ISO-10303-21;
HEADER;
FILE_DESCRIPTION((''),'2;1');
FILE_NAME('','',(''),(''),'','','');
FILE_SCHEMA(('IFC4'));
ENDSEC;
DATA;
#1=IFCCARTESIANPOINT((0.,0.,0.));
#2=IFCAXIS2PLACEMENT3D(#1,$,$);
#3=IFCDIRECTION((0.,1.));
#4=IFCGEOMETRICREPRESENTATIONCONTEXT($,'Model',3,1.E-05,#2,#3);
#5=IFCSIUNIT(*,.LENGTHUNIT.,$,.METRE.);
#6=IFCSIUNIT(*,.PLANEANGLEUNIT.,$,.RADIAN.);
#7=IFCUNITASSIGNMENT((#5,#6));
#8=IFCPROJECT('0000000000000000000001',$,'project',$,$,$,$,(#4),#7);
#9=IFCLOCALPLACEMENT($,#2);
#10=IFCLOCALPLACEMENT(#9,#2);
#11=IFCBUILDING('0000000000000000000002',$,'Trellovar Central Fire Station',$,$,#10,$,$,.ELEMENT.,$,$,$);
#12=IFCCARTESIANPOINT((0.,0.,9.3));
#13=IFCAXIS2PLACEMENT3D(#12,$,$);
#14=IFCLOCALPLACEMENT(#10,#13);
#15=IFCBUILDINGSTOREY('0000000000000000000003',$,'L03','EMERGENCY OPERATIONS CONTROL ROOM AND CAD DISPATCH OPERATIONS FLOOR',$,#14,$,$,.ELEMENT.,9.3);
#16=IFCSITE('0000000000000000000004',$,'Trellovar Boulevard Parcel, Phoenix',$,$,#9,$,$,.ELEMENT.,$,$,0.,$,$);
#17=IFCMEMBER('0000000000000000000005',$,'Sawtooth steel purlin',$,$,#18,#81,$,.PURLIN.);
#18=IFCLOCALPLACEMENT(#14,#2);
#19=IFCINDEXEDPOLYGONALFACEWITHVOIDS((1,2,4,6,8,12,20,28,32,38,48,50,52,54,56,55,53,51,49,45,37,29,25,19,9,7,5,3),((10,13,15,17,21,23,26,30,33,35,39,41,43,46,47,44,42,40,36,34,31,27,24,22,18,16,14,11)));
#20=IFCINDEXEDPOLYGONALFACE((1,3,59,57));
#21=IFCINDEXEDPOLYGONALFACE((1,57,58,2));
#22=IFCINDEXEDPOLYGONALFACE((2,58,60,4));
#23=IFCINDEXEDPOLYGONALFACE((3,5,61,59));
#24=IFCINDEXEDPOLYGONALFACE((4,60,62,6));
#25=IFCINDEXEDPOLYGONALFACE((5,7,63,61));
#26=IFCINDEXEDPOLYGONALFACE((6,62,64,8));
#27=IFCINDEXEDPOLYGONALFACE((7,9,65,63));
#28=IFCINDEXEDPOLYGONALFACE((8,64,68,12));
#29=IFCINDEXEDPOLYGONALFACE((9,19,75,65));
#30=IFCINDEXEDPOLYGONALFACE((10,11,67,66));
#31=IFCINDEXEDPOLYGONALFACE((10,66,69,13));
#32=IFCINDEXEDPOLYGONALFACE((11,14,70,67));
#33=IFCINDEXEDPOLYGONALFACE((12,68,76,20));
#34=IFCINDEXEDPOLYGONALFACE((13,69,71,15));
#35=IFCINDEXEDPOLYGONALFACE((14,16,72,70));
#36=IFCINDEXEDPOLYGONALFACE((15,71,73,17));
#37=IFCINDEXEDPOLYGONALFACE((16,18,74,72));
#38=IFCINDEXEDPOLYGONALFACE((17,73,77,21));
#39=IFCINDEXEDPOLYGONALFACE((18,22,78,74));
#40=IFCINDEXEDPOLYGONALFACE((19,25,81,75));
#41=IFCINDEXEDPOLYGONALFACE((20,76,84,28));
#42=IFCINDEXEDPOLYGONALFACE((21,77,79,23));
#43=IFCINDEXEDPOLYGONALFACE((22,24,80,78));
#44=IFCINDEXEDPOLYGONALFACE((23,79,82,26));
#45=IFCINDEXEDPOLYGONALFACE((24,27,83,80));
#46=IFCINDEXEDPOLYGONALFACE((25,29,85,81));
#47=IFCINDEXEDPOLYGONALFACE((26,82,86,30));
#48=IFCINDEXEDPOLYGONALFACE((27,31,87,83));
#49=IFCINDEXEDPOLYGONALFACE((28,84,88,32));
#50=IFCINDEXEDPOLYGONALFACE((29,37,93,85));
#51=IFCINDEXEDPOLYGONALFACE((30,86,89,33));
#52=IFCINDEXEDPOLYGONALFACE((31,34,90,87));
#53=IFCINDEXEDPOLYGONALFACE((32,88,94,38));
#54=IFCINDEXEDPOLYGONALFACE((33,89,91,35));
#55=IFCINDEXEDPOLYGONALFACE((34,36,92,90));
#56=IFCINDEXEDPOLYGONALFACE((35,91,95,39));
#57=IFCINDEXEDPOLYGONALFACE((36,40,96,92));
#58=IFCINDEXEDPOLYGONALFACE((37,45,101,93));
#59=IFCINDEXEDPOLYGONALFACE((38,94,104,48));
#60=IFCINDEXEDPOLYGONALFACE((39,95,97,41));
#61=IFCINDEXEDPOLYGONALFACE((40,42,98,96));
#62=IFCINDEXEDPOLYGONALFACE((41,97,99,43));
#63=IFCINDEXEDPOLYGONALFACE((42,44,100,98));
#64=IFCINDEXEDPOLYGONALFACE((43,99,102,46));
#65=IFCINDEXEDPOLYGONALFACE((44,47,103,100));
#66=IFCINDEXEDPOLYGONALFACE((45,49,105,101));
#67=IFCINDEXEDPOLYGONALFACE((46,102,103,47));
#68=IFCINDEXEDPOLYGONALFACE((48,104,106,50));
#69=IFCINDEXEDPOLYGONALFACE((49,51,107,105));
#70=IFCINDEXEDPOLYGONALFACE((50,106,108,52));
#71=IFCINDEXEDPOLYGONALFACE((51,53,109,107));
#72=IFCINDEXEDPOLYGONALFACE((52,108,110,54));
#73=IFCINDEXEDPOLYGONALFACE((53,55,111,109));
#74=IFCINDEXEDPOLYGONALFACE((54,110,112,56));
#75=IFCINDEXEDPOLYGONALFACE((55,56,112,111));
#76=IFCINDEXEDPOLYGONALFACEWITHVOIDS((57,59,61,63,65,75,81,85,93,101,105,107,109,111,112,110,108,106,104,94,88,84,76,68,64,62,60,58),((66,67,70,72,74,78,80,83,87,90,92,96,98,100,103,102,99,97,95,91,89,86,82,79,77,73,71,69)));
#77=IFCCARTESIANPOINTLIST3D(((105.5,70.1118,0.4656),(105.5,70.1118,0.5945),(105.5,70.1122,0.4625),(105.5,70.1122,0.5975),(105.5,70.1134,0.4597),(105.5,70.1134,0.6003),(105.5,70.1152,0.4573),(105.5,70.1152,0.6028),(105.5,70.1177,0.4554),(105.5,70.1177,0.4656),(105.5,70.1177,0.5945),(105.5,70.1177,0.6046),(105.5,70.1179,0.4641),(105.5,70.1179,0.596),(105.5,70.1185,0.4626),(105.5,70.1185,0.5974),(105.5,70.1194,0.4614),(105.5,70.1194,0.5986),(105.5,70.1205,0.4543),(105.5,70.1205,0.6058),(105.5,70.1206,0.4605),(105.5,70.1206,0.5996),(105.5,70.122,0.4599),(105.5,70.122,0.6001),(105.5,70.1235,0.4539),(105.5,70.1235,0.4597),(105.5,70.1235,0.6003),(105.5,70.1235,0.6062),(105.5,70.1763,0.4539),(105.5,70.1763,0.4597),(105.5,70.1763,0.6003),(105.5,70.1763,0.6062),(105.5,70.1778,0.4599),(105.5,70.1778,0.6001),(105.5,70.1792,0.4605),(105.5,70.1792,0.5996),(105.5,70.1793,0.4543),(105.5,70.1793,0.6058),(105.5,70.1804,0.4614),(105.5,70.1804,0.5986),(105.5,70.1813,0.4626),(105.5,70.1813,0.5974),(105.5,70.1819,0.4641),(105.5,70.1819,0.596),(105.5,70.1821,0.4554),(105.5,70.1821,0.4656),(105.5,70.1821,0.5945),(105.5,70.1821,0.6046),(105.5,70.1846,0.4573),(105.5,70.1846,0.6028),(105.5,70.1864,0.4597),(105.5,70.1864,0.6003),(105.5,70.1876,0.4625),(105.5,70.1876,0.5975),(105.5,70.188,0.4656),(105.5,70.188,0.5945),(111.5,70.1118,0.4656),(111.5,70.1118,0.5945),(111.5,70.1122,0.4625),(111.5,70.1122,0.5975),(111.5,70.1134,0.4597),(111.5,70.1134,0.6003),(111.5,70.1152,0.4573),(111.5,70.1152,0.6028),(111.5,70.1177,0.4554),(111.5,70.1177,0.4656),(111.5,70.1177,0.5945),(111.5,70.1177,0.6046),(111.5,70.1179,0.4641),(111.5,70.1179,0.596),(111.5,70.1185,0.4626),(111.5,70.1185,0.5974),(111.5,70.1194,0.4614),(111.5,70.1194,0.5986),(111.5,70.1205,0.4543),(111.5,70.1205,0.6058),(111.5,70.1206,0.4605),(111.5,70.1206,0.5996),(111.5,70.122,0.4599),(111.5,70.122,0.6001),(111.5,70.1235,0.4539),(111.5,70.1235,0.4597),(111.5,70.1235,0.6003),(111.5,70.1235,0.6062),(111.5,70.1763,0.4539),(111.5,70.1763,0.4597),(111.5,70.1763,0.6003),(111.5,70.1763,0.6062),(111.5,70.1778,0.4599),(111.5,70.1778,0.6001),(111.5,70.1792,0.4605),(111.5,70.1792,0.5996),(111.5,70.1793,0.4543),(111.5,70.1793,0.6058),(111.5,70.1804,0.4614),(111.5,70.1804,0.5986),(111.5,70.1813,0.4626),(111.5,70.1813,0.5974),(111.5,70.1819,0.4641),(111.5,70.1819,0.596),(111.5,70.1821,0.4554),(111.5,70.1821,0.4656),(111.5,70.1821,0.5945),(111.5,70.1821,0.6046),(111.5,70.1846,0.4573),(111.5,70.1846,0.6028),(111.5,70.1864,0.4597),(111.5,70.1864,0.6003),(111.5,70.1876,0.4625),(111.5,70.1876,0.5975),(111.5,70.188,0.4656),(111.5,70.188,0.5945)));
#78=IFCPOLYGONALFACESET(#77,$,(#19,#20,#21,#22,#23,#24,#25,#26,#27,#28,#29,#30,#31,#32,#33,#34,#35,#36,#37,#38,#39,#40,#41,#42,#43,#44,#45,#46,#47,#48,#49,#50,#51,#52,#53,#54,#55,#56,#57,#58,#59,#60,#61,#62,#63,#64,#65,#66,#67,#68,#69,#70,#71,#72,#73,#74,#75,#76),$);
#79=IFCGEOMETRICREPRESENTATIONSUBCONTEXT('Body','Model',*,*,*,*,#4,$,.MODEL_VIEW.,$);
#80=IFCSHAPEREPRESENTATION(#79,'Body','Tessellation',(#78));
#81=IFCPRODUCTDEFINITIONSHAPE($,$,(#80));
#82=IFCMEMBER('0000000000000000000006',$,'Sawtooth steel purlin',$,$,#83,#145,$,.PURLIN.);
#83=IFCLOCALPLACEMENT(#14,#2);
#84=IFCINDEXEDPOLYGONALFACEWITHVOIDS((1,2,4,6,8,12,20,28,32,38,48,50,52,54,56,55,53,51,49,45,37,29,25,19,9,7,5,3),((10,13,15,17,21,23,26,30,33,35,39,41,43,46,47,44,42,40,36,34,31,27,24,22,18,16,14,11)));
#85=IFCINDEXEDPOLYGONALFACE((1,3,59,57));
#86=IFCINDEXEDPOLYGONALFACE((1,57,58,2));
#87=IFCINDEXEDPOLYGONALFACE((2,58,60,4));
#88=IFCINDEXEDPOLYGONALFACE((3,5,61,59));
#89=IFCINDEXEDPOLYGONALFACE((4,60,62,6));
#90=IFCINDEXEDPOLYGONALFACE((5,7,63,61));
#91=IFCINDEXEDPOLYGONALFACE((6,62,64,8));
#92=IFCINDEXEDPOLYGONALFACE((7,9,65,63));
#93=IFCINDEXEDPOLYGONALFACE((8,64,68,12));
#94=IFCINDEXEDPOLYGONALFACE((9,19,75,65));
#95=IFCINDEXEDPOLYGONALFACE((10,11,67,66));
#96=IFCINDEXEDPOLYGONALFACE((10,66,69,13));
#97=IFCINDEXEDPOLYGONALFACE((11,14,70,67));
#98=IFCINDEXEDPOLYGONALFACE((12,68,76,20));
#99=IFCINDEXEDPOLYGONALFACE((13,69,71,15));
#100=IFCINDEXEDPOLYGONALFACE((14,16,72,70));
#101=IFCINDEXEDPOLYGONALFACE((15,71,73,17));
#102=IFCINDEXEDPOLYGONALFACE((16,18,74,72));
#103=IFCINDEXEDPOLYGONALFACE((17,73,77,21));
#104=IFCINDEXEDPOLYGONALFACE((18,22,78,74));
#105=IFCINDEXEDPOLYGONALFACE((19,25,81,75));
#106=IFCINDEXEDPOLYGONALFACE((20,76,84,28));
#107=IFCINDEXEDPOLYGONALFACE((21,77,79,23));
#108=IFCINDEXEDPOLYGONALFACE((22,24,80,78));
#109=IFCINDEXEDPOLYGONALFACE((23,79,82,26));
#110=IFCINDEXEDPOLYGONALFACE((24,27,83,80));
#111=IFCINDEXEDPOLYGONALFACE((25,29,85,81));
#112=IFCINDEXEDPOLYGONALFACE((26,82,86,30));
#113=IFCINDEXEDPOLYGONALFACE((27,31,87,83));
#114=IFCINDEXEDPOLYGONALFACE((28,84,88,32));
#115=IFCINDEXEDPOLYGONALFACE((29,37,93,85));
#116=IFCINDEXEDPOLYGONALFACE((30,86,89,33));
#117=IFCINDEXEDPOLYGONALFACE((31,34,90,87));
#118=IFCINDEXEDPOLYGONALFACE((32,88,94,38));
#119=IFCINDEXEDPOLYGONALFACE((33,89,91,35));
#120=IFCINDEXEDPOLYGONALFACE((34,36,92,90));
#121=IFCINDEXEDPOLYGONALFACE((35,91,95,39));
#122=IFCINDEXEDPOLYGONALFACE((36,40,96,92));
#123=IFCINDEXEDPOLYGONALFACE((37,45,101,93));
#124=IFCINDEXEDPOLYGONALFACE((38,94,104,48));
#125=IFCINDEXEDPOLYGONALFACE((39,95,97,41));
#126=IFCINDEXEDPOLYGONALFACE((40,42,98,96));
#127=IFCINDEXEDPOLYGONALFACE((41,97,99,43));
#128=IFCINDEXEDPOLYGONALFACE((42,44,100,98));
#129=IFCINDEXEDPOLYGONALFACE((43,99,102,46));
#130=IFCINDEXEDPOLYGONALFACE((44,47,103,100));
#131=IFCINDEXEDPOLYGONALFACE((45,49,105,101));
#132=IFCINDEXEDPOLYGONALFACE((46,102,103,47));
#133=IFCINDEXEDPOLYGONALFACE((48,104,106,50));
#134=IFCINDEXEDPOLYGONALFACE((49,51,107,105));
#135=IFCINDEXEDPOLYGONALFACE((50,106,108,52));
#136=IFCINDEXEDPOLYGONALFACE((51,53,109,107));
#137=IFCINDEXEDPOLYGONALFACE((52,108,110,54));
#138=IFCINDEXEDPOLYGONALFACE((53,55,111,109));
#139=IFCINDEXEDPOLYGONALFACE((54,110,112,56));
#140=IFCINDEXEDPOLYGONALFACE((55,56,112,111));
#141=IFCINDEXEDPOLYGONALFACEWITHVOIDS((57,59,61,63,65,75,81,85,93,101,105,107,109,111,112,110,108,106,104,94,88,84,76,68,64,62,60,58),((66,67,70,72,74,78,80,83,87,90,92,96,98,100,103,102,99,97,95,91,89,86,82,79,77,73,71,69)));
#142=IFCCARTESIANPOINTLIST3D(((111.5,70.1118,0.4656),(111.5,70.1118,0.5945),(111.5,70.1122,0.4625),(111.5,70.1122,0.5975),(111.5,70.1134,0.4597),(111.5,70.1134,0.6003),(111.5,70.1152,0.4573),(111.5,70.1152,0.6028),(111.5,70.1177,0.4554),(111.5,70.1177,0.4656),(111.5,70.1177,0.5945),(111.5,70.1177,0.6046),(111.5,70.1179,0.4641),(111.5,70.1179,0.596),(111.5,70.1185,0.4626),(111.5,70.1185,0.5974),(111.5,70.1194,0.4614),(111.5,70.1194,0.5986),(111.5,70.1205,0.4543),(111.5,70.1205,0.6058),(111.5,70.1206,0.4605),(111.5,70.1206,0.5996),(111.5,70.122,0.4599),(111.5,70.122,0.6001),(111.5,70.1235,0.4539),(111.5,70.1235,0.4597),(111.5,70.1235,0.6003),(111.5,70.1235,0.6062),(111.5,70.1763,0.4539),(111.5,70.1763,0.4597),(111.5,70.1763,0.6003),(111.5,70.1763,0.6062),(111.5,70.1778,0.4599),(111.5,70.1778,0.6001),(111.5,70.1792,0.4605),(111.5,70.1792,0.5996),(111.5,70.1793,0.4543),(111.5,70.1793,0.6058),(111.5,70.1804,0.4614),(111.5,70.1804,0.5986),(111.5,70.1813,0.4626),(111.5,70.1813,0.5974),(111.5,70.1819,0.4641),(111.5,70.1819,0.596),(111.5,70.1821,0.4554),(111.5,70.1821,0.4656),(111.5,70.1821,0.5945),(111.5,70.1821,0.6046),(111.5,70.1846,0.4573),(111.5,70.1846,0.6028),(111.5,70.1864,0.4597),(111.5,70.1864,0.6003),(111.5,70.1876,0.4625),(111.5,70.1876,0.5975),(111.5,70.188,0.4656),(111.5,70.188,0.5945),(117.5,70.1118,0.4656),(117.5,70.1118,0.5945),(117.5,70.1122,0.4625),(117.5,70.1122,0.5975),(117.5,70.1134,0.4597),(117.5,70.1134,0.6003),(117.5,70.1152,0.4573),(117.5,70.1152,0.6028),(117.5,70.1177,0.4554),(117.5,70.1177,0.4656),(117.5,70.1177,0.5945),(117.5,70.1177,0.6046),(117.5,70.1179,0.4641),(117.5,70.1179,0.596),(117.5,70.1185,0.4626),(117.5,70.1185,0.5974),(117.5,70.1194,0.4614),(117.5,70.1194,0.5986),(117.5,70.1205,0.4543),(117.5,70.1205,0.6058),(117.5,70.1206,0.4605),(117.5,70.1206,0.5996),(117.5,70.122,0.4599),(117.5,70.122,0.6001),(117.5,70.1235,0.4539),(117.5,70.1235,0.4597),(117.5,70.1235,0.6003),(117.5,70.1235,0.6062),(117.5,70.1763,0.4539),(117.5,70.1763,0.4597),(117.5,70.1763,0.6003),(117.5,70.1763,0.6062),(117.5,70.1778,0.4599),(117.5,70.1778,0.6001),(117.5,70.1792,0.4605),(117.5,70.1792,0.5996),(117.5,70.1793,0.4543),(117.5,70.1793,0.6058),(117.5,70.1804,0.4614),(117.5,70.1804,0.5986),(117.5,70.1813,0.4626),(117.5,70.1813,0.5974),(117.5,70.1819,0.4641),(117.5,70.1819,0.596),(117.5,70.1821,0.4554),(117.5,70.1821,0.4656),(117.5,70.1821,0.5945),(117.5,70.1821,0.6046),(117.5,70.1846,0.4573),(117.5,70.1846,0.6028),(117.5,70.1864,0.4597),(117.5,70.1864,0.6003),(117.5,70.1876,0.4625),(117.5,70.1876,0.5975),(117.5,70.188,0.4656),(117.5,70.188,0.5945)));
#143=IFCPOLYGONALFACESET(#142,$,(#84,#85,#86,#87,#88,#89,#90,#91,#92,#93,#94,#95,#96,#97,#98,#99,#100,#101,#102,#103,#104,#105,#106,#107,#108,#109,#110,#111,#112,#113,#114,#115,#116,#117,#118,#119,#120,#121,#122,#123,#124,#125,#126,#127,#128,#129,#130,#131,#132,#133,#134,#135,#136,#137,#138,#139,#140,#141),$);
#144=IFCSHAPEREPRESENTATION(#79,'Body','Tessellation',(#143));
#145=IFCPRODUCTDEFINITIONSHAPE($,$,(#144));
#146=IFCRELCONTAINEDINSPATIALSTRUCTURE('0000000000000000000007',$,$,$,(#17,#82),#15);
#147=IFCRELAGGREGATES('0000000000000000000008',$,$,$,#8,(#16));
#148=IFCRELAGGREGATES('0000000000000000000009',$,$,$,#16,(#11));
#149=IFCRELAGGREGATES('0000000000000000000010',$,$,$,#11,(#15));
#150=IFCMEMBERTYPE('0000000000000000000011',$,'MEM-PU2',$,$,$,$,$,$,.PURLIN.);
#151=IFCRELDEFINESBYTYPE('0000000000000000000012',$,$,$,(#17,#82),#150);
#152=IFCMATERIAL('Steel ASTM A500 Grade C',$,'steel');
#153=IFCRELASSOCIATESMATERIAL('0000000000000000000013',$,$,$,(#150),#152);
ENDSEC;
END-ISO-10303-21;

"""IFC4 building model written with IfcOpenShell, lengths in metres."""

from ifc_helpers import new_model, si_unit, direction, frame, origin, origin_2d, place, context, subcontext, project, spatial, hollow_rectangle, extrude, material, material_profile, profile_set, type_object, element, save


model = new_model("IFC4")

# Units and contexts
model_context = context("Model", 3, precision=1e-05, world=origin(), true_north=direction((0.0, 1.0)))
body_context = subcontext(model_context, "Body", "Model", "MODEL_VIEW")
ifc_project = project(units=[si_unit("LENGTHUNIT", "METRE"), si_unit("PLANEANGLEUNIT", "RADIAN")], contexts=[model_context])

# Site, building, storey
site_placement = place(None, origin())
site = spatial("IfcSite", under=ifc_project, at=site_placement, Name="Trellovar Boulevard Parcel, Phoenix", CompositionType="ELEMENT", RefElevation=0.0)
building_placement = place(site_placement, origin())
building = spatial("IfcBuilding", under=site, at=building_placement, Name="Trellovar Central Fire Station", CompositionType="ELEMENT")
storey_placement = place(building_placement, frame((0.0, 0.0, 9.3)))
storey = spatial("IfcBuildingStorey", under=building, at=storey_placement, Name="L03", Description="EMERGENCY OPERATIONS CONTROL ROOM AND CAD DISPATCH OPERATIONS FLOOR", CompositionType="ELEMENT", Elevation=9.3)

# Members
ifc_material_1 = material(Name="Steel ASTM A500 Grade C", Category="steel")
ifc_material_profile_1 = material_profile(ifc_material_1, hollow_rectangle(XDim=0.0762, YDim=0.1523, WallThickness=0.0059, InnerFilletRadius=0.0059, OuterFilletRadius=0.0117, at=origin_2d()), Name="HSS6X3X1/4")
ifc_profile_set_1 = profile_set([ifc_material_profile_1], Name="Steel ASTM A500 Grade C")
member_type_1 = type_object("IfcMemberType", Name="MEM-PU2", PredefinedType="PURLIN", material=ifc_profile_set_1)
for number, where, z_axis, x_axis, name in (
    (1, (105.5, 70.1499, 0.53), (1.0, 0.0, 0.0), (0.0, 1.0, 0.0), "Sawtooth steel purlin"),
    (2, (111.5, 70.1499, 0.53), (1.0, 0.0, 0.0), (0.0, 1.0, 0.0), "Sawtooth steel purlin"),
):
    element("IfcMember", number, at=place(storey_placement, frame(where, z_axis=z_axis, x_axis=x_axis)), inside=storey, type_object=member_type_1, Name=name, PredefinedType="PURLIN", context=body_context, shape_type="SweptSolid", body=[
        extrude(hollow_rectangle(XDim=0.0762, YDim=0.1523, WallThickness=0.0059, InnerFilletRadius=0.0059, OuterFilletRadius=0.0117, at=origin_2d()), origin(), (0.0, 0.0, 1.0), 6.0),
    ])

save(model, "model.ifc")
